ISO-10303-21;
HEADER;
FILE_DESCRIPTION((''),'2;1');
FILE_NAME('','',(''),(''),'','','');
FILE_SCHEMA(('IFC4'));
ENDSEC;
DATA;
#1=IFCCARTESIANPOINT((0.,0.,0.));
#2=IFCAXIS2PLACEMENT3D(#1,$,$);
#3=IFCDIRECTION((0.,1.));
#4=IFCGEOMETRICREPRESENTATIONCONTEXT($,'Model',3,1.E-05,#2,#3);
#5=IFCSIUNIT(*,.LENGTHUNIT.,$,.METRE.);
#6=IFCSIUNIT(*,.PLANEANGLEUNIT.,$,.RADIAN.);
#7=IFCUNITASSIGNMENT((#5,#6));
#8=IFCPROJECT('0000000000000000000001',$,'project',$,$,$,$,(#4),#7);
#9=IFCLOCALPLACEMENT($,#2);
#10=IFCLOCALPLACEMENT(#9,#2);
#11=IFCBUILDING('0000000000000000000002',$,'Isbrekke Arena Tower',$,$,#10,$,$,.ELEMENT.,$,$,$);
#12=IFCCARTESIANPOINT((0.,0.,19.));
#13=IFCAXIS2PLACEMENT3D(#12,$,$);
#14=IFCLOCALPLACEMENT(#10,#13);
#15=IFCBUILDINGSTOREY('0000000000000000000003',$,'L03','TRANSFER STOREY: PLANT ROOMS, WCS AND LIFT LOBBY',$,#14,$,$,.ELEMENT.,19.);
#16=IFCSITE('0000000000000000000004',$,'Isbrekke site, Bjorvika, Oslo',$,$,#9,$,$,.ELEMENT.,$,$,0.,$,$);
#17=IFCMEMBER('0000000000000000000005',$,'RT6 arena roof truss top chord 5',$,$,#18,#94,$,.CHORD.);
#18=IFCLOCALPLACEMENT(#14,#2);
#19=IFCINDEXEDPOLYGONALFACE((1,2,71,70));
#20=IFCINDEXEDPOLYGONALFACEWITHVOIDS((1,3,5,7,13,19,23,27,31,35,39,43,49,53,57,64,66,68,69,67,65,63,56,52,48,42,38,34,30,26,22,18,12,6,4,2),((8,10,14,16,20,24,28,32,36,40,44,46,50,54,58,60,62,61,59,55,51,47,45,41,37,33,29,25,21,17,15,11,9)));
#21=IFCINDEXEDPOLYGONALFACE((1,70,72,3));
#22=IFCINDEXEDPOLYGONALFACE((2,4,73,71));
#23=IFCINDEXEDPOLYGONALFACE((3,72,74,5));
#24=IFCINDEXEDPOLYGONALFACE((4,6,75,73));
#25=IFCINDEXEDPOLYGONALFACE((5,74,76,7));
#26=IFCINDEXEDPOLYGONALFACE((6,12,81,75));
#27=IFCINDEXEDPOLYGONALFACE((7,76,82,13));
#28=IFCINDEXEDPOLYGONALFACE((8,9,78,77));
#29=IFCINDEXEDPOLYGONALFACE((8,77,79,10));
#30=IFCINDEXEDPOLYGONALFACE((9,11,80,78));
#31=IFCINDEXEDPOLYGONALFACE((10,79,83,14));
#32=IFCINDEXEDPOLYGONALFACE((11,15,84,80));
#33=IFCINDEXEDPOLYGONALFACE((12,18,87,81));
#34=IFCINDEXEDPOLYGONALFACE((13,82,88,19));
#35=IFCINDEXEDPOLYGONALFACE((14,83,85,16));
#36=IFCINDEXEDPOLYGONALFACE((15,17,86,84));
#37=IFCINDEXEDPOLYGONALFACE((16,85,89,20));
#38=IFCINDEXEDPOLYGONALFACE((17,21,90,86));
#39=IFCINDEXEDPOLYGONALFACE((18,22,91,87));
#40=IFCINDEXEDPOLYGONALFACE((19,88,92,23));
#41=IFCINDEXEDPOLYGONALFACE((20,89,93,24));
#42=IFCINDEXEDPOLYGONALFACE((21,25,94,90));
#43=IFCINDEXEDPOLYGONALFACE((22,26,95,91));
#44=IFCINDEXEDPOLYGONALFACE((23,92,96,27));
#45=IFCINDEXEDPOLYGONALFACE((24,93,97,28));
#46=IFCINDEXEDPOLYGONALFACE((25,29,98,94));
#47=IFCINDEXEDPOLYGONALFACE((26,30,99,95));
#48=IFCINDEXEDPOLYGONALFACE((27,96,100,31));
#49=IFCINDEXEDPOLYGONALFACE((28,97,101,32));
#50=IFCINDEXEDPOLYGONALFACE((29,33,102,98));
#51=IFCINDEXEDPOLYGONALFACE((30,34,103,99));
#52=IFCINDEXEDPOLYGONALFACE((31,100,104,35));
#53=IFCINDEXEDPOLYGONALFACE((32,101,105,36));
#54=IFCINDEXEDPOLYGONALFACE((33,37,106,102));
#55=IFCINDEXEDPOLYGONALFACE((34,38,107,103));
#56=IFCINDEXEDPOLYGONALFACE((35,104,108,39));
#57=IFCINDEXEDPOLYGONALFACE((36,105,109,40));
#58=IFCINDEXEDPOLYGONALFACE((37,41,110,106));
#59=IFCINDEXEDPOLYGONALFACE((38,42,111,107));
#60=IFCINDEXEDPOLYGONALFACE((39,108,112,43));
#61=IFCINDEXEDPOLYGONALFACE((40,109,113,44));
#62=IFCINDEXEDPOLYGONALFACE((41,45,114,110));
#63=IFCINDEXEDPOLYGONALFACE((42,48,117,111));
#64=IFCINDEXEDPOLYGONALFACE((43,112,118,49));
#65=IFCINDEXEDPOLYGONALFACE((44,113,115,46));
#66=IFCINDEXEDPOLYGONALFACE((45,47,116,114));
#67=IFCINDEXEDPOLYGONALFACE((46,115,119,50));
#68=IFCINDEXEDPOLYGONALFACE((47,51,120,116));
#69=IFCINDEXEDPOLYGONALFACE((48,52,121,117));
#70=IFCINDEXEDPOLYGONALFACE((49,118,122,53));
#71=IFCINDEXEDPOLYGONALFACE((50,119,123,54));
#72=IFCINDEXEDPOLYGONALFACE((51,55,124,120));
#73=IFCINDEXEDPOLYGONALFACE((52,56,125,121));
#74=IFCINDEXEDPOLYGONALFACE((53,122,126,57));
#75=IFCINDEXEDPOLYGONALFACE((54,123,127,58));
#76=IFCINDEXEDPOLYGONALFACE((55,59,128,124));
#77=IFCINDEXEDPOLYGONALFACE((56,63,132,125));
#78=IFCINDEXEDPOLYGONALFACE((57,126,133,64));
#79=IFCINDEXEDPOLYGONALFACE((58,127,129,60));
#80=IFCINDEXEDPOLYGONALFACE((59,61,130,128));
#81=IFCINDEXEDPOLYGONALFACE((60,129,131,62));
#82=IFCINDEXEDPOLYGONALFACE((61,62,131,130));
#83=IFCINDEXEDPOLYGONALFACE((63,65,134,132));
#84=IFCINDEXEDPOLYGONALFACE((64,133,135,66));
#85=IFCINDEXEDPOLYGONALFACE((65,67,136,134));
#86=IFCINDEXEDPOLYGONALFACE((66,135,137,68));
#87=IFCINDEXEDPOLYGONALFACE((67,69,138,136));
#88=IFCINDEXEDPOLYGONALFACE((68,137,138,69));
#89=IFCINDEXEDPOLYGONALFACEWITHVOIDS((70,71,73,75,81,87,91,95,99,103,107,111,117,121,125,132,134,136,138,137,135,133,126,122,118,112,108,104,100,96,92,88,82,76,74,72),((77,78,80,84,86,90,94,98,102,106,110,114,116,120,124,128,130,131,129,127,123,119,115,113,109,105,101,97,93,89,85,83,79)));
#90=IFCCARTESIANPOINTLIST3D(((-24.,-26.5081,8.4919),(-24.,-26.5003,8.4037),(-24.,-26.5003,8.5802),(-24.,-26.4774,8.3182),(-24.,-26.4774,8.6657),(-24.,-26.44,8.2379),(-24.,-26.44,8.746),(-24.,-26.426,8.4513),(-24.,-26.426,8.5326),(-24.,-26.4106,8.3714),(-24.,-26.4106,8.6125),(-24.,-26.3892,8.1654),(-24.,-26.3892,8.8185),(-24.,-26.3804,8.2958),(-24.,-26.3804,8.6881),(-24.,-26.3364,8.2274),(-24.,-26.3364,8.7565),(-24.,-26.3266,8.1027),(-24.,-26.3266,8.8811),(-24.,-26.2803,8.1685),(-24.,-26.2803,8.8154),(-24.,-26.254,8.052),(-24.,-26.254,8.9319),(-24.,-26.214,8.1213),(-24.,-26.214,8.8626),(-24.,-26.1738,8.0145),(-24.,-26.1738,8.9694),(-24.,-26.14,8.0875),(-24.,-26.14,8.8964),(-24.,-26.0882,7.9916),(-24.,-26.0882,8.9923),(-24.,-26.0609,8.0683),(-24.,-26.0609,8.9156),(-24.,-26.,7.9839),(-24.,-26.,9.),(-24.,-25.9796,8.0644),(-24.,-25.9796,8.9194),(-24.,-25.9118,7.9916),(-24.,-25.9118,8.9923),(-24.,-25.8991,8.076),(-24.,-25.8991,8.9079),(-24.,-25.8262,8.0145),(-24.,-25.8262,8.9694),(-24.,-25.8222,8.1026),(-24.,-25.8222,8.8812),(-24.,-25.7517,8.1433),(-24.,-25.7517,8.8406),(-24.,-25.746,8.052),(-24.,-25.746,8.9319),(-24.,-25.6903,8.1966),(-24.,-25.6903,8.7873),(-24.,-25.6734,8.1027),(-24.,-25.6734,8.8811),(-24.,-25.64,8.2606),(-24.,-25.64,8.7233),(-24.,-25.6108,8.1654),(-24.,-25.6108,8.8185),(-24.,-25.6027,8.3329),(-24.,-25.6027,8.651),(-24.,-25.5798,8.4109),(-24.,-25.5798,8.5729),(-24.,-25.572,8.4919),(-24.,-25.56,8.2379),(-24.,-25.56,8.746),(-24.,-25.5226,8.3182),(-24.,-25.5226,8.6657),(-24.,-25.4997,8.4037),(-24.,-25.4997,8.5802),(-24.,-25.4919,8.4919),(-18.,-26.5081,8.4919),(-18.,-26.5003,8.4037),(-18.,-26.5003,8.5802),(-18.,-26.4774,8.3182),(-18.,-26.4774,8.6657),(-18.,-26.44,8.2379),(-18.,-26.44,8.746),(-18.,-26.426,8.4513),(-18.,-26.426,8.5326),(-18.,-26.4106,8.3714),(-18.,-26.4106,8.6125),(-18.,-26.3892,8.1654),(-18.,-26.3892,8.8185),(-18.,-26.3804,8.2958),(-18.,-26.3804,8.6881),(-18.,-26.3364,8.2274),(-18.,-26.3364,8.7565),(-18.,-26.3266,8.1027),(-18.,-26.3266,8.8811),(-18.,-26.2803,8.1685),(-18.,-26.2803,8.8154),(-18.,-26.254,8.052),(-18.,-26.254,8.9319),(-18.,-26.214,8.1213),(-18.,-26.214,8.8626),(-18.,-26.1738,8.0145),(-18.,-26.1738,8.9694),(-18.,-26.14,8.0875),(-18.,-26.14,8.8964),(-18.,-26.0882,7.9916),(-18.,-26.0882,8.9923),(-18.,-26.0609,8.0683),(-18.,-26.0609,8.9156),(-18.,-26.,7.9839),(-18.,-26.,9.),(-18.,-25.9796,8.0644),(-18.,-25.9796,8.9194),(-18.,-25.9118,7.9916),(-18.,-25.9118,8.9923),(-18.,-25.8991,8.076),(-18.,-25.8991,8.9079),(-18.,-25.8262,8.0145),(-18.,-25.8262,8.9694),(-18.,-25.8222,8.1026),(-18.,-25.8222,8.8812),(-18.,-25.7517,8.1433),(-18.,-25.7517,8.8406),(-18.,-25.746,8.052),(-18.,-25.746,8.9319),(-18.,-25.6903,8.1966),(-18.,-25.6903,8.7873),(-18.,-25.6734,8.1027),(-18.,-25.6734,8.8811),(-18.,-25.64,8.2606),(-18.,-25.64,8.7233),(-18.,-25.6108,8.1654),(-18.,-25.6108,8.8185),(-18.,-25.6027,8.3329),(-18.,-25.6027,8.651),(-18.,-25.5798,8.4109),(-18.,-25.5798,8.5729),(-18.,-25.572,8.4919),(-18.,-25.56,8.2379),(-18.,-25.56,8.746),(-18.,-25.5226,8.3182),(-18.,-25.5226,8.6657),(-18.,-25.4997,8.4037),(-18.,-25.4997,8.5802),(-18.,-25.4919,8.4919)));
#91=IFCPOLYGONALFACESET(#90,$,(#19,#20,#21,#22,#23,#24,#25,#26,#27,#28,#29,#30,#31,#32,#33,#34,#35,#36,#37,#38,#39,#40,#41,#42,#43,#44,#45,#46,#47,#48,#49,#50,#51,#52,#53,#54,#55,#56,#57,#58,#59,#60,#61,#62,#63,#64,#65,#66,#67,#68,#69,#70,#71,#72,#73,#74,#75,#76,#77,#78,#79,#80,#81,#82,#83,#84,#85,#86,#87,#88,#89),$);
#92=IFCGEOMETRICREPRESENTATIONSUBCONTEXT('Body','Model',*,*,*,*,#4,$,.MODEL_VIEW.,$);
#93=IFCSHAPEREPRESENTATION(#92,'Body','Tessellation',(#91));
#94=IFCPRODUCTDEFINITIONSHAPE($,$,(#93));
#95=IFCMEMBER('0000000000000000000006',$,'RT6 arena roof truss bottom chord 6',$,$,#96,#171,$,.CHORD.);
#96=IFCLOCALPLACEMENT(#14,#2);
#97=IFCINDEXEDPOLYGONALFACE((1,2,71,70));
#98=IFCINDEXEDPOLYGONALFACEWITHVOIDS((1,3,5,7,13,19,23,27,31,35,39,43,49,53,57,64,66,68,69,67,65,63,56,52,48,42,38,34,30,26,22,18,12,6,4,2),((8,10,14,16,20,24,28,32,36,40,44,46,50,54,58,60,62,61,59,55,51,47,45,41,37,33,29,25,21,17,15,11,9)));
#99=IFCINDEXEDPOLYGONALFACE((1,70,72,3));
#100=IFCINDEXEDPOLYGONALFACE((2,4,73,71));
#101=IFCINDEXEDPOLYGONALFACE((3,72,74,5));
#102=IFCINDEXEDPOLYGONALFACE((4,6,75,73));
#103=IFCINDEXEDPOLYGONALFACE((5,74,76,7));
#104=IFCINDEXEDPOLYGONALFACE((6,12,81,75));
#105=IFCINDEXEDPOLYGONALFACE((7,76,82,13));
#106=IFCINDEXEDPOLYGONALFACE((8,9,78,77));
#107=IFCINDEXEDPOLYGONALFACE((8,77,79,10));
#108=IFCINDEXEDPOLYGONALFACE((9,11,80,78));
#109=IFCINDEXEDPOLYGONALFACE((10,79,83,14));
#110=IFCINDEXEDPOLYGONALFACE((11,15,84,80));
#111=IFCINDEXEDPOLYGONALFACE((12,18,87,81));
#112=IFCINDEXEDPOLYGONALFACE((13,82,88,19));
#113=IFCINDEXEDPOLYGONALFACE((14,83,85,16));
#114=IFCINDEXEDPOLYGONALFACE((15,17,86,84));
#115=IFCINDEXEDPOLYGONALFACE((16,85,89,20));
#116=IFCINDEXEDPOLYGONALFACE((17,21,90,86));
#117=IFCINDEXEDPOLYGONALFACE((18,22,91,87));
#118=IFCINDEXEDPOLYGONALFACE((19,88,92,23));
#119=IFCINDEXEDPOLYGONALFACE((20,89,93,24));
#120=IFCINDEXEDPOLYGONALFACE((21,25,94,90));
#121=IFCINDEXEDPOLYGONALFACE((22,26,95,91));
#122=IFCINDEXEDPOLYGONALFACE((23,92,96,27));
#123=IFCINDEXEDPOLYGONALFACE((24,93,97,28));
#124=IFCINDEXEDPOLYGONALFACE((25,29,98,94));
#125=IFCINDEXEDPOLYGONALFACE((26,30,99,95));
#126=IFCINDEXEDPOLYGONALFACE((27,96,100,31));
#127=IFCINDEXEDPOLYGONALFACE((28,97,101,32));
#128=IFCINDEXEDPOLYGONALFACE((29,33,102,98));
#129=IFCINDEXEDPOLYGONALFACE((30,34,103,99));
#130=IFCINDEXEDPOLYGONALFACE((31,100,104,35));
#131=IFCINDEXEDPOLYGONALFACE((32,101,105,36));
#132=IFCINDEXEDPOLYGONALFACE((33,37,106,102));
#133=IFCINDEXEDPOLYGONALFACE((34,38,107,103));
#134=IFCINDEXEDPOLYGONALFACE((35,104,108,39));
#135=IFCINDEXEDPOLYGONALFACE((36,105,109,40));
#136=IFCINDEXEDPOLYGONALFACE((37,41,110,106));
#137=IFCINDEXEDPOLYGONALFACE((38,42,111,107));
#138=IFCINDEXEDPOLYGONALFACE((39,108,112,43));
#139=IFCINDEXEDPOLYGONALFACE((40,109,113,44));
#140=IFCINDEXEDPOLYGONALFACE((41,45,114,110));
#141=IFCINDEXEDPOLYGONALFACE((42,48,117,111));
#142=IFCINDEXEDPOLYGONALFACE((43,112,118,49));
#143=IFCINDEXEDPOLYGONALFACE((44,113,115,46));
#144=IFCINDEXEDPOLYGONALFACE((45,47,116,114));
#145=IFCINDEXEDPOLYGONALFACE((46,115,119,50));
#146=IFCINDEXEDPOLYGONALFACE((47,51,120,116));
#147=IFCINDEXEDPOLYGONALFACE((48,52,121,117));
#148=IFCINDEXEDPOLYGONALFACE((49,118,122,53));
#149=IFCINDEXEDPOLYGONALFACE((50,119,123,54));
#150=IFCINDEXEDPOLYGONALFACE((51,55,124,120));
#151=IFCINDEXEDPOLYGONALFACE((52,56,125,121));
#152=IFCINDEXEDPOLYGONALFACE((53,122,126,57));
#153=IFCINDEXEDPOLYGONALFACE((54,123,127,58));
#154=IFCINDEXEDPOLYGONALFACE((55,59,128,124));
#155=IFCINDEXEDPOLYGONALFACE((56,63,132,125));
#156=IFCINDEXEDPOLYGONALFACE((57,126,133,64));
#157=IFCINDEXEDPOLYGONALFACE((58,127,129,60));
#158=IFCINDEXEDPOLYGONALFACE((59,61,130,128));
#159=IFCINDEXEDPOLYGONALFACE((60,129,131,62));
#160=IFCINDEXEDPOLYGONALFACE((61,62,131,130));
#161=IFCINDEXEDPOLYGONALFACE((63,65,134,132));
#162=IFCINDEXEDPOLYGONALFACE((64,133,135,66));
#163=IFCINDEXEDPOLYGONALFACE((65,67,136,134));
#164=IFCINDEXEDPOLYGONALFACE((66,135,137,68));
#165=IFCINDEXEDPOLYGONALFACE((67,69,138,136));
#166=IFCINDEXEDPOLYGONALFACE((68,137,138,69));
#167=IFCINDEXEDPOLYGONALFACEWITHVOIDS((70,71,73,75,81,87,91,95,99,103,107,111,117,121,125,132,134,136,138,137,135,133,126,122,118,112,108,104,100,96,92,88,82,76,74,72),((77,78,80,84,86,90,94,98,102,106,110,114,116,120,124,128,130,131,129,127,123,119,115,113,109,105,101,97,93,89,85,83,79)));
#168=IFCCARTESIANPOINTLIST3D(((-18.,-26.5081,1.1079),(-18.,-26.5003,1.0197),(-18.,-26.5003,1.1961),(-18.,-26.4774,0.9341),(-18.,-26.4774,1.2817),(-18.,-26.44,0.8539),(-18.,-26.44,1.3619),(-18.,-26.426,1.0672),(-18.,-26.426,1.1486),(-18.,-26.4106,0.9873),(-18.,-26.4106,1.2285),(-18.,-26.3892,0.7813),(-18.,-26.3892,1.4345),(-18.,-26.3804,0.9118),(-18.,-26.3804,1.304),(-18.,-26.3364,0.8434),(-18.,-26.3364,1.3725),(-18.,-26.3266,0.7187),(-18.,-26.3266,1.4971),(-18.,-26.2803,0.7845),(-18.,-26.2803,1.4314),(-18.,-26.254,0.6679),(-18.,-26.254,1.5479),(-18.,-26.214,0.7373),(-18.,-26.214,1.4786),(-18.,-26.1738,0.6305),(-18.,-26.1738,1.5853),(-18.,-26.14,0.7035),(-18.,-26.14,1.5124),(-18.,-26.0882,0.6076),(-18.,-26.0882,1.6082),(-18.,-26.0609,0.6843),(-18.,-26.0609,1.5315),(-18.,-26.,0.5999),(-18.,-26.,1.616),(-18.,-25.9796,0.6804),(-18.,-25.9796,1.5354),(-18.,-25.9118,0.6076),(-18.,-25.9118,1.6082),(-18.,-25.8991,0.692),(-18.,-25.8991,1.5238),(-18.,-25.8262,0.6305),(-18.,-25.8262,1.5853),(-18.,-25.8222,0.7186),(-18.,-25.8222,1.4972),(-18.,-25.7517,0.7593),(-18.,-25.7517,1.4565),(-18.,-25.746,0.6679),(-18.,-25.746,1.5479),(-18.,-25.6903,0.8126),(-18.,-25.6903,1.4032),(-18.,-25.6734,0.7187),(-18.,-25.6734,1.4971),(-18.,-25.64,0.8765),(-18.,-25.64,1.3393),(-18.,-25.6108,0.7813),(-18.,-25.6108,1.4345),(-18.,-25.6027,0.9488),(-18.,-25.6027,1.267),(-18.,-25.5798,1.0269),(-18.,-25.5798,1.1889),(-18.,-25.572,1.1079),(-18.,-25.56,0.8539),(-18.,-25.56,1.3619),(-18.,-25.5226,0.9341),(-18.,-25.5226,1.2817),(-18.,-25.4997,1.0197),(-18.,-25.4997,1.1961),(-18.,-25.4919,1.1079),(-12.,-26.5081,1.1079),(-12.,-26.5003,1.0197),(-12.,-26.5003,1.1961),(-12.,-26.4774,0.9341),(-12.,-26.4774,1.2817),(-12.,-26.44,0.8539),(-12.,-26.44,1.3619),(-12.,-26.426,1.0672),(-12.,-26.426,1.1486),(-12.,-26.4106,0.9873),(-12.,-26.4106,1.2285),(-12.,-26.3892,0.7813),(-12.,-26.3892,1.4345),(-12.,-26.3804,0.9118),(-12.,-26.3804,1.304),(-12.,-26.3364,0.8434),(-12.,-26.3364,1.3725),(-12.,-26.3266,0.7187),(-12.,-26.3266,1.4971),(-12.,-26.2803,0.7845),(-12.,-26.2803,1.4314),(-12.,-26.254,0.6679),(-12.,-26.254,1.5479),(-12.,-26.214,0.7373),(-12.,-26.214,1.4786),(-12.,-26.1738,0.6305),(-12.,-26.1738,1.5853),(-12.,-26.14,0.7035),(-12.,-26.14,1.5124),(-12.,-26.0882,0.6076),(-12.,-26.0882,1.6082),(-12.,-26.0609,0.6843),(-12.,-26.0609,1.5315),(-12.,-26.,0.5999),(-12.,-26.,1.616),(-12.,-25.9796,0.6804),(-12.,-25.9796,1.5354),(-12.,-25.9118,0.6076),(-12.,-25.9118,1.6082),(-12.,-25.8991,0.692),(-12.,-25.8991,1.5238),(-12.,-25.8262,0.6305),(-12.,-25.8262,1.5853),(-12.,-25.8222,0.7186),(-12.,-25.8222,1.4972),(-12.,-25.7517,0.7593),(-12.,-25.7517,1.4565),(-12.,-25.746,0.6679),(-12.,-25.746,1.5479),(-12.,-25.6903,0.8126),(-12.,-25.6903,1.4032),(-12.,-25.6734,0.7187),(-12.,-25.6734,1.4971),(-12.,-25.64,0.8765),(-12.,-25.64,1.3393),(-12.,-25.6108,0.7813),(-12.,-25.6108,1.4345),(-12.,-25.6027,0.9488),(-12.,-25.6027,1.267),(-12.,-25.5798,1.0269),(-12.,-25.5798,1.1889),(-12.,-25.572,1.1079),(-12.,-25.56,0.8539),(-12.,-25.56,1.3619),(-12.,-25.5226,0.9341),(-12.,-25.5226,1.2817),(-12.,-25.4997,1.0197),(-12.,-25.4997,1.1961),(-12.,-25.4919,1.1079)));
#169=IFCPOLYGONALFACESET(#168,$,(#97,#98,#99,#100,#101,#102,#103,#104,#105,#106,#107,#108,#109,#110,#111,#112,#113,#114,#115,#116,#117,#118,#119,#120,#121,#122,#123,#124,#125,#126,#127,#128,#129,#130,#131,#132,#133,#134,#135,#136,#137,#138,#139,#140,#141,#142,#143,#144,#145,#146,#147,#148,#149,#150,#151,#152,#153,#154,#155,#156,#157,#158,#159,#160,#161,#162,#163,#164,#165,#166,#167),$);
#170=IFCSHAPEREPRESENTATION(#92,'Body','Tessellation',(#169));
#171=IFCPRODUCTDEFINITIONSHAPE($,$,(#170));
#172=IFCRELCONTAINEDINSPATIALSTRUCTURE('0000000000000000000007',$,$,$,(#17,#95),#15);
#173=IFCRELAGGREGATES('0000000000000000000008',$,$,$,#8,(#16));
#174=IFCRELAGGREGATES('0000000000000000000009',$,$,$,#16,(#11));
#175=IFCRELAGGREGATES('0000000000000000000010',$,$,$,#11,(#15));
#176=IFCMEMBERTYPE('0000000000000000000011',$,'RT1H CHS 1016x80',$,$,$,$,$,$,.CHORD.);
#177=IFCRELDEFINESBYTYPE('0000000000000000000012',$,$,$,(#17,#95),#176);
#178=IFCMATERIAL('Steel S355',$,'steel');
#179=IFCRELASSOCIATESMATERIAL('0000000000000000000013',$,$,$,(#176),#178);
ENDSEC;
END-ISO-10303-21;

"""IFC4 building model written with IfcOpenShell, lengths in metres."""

from ifc_helpers import new_model, si_unit, direction, frame, origin, origin_2d, place, context, subcontext, project, spatial, hollow_circle, extrude, material, material_profile, profile_set, type_object, element, save


model = new_model("IFC4")

# Units and contexts
model_context = context("Model", 3, precision=1e-05, world=origin(), true_north=direction((0.0, 1.0)))
body_context = subcontext(model_context, "Body", "Model", "MODEL_VIEW")
ifc_project = project(units=[si_unit("LENGTHUNIT", "METRE"), si_unit("PLANEANGLEUNIT", "RADIAN")], contexts=[model_context])

# Site, building, storey
site_placement = place(None, origin())
site = spatial("IfcSite", under=ifc_project, at=site_placement, Name="Isbrekke site, Bjorvika, Oslo", CompositionType="ELEMENT", RefElevation=0.0)
building_placement = place(site_placement, origin())
building = spatial("IfcBuilding", under=site, at=building_placement, Name="Isbrekke Arena Tower", CompositionType="ELEMENT")
storey_placement = place(building_placement, frame((0.0, 0.0, 19.0)))
storey = spatial("IfcBuildingStorey", under=building, at=storey_placement, Name="L03", Description="TRANSFER STOREY: PLANT ROOMS, WCS AND LIFT LOBBY", CompositionType="ELEMENT", Elevation=19.0)

# Members
ifc_material_1 = material(Name="Steel S355", Category="steel")
ifc_material_profile_1 = material_profile(ifc_material_1, hollow_circle(Radius=0.5081, WallThickness=0.0801, at=origin_2d()), Name="CHS 1016x80")
ifc_profile_set_1 = profile_set([ifc_material_profile_1], Name="Steel S355")
member_type_1 = type_object("IfcMemberType", Name="RT1H CHS 1016x80", PredefinedType="CHORD", material=ifc_profile_set_1)
for number, where, z_axis, x_axis, name in (
    (1, (-24.0, -26.0, 8.4919), (1.0, 0.0, 0.0), (0.0, 1.0, 0.0), "RT6 arena roof truss top chord 5"),
    (2, (-18.0, -26.0, 1.1079), (1.0, 0.0, 0.0), (0.0, 1.0, 0.0), "RT6 arena roof truss bottom chord 6"),
):
    element("IfcMember", number, at=place(storey_placement, frame(where, z_axis=z_axis, x_axis=x_axis)), inside=storey, type_object=member_type_1, Name=name, PredefinedType="CHORD", context=body_context, shape_type="SweptSolid", body=[
        extrude(hollow_circle(Radius=0.5081, WallThickness=0.0801, at=origin_2d()), origin(), (0.0, 0.0, 1.0), 6.0),
    ])

save(model, "model.ifc")
